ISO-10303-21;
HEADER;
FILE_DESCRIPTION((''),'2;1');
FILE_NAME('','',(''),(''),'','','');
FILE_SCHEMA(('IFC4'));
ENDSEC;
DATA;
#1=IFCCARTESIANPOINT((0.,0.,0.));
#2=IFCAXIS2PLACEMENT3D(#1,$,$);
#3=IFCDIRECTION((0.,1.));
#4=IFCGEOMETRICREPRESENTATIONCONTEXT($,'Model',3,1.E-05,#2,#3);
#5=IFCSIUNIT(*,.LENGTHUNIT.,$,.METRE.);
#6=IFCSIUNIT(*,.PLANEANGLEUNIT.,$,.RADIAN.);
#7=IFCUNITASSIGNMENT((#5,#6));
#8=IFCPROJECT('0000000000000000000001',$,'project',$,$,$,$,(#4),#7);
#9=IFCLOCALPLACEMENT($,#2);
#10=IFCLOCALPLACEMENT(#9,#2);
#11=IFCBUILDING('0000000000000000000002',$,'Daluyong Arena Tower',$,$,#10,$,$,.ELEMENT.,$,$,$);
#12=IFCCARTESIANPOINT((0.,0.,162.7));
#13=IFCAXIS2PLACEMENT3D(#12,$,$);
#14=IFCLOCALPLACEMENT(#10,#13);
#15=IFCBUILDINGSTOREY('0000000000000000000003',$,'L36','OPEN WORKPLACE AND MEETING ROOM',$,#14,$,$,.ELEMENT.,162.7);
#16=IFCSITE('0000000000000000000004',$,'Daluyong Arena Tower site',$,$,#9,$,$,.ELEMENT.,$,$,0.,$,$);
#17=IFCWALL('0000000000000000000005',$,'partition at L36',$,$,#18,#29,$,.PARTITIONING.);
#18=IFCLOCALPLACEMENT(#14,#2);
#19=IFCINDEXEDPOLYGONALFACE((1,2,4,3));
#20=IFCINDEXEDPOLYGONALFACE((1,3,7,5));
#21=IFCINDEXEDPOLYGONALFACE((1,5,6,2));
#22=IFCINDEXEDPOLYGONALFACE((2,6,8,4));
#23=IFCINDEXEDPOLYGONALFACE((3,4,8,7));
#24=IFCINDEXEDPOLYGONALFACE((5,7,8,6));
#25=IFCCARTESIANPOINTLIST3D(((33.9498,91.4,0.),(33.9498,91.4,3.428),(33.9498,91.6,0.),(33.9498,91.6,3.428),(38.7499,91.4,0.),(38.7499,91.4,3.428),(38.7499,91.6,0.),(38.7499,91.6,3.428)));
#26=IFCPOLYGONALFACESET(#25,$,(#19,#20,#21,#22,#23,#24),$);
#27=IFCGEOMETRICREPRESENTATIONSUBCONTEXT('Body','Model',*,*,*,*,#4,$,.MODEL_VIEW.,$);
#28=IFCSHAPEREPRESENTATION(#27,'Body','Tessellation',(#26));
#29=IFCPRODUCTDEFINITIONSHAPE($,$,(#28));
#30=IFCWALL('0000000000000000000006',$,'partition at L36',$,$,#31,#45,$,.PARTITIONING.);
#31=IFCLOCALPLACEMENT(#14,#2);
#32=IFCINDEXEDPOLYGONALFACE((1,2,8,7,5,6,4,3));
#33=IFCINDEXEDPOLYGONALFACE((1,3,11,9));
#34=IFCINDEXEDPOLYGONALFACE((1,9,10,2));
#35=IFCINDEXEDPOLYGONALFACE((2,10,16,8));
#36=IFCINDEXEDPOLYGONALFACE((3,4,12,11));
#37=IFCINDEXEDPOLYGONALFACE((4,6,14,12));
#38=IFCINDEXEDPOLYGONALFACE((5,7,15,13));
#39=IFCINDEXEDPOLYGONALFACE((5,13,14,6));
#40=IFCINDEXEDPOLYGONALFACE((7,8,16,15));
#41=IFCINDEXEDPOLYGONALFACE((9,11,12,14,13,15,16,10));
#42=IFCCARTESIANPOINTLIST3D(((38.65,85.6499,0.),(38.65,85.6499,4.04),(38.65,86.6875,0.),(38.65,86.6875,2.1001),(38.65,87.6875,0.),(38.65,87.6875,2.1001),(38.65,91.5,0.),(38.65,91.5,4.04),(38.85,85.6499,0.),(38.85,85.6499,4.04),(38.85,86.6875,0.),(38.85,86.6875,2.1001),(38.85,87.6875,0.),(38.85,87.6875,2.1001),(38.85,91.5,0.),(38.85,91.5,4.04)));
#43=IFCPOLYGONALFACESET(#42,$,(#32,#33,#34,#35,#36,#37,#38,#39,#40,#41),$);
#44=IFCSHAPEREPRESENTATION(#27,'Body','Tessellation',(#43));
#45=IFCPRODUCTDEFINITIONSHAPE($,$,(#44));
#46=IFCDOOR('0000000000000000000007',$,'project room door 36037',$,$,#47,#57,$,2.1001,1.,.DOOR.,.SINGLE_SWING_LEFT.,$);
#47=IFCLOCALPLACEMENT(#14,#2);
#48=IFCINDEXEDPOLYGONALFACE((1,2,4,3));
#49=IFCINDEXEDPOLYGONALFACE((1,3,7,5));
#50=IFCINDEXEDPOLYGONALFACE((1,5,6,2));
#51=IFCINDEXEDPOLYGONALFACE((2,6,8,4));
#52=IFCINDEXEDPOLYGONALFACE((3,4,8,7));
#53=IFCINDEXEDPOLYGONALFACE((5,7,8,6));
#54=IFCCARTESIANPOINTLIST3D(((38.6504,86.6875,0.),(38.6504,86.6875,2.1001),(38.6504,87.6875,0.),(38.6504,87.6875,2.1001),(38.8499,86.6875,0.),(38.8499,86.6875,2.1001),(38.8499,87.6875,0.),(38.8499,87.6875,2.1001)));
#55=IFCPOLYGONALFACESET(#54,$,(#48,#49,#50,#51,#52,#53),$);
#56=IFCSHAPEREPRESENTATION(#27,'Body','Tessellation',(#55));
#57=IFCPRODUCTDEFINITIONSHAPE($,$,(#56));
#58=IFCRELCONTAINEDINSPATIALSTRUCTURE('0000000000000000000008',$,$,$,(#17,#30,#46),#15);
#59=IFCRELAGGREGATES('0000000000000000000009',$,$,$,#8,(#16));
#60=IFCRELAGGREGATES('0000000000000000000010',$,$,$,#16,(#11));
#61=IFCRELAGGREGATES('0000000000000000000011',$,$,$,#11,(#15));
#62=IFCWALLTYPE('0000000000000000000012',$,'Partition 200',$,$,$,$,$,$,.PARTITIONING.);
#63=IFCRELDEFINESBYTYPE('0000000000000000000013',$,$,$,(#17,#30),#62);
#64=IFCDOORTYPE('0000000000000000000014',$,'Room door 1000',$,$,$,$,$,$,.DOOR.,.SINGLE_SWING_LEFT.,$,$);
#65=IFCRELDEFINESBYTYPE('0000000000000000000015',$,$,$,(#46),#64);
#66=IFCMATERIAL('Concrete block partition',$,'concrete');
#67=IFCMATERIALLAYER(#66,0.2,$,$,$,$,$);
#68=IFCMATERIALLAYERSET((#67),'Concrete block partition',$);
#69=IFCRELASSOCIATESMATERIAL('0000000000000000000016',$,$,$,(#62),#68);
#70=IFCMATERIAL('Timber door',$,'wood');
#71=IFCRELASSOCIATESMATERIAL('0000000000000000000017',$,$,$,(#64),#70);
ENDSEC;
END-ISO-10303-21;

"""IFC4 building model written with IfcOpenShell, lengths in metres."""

from ifc_helpers import new_model, si_unit, direction, frame, frame_2d, origin, place, context, subcontext, project, spatial, rectangle, extrude, material, layer, layer_set, type_object, element, fill, save


model = new_model("IFC4")

# Units and contexts
model_context = context("Model", 3, precision=1e-05, world=origin(), true_north=direction((0.0, 1.0)))
body_context = subcontext(model_context, "Body", "Model", "MODEL_VIEW")
ifc_project = project(units=[si_unit("LENGTHUNIT", "METRE"), si_unit("PLANEANGLEUNIT", "RADIAN")], contexts=[model_context])

# Site, building, storey
site_placement = place(None, origin())
site = spatial("IfcSite", under=ifc_project, at=site_placement, Name="Daluyong Arena Tower site", CompositionType="ELEMENT", RefElevation=0.0)
building_placement = place(site_placement, origin())
building = spatial("IfcBuilding", under=site, at=building_placement, Name="Daluyong Arena Tower", CompositionType="ELEMENT")
storey_placement = place(building_placement, frame((0.0, 0.0, 162.7)))
storey = spatial("IfcBuildingStorey", under=building, at=storey_placement, Name="L36", Description="OPEN WORKPLACE AND MEETING ROOM", CompositionType="ELEMENT", Elevation=162.7)

# Wall
ifc_material_1 = material(Name="Concrete block partition", Category="concrete")
ifc_layer_1 = layer(ifc_material_1, 0.2)
ifc_layer_set_1 = layer_set([ifc_layer_1], Name="Concrete block partition")
wall_type_1 = type_object("IfcWallType", Name="Partition 200", PredefinedType="PARTITIONING", material=ifc_layer_set_1)
for number, where, z_axis, x_axis, name in (
    (1, (33.95, 91.5, 0.0), (0.0, 0.0, 1.0), (1.0, 0.0, 0.0), "partition at L36"),
):
    element("IfcWall", number, at=place(storey_placement, frame(where, z_axis=z_axis, x_axis=x_axis)), inside=storey, type_object=wall_type_1, Name=name, PredefinedType="PARTITIONING", context=body_context, shape_type="SweptSolid", body=[
        extrude(rectangle(XDim=4.8, YDim=0.2, at=frame_2d((2.3999, 0.0))), origin(), (0.0, 0.0, 1.0), 3.428),
    ])

# Wall, opening, door
wall_1_placement = place(storey_placement, frame((38.75, 85.6499, 0.0), z_axis=(0.0, 0.0, 1.0), x_axis=(0.0, 1.0, 0.0)))
wall_1 = element("IfcWall", 2, at=wall_1_placement, inside=storey, type_object=wall_type_1, Name="partition at L36", PredefinedType="PARTITIONING", context=body_context, shape_type="SweptSolid", body=[
    extrude(rectangle(XDim=5.8501, YDim=0.2, at=frame_2d((2.925, 0.0))), origin(), (0.0, 0.0, 1.0), 4.04),
])
opening_1_placement = place(wall_1_placement, frame((1.0376, 0.0, 0.0)))
opening_1 = element("IfcOpeningElement", 3, at=opening_1_placement, cuts=wall_1, PredefinedType="OPENING", context=body_context, shape_type="SweptSolid", body=[
    extrude(rectangle(XDim=1.0, YDim=2.1001, at=frame_2d((0.5, 1.05))), frame((0.0, 0.1099, 0.0), z_axis=(0.0, -1.0, 0.0), x_axis=(1.0, 0.0, 0.0)), (0.0, 0.0, 1.0), 0.22),
])
ifc_material_2 = material(Name="Timber door", Category="wood")
door_type_1 = type_object("IfcDoorType", Name="Room door 1000", OperationType="SINGLE_SWING_LEFT", PredefinedType="DOOR", material=ifc_material_2)
door_1_placement = place(opening_1_placement, origin())
door_1 = element("IfcDoor", 4, at=door_1_placement, inside=storey, type_object=door_type_1, Name="project room door 36037", OperationType="SINGLE_SWING_LEFT", OverallHeight=2.1001, OverallWidth=1.0, PredefinedType="DOOR", context=body_context, shape_type="SweptSolid", body=[
    extrude(rectangle(XDim=1.0, YDim=2.1001, at=frame_2d((0.5, 1.05))), frame((0.0, 0.0996, 0.0), z_axis=(0.0, -1.0, 0.0), x_axis=(1.0, 0.0, 0.0)), (0.0, 0.0, 1.0), 0.1995),
])
fill(opening_1, door_1)

save(model, "model.ifc")
